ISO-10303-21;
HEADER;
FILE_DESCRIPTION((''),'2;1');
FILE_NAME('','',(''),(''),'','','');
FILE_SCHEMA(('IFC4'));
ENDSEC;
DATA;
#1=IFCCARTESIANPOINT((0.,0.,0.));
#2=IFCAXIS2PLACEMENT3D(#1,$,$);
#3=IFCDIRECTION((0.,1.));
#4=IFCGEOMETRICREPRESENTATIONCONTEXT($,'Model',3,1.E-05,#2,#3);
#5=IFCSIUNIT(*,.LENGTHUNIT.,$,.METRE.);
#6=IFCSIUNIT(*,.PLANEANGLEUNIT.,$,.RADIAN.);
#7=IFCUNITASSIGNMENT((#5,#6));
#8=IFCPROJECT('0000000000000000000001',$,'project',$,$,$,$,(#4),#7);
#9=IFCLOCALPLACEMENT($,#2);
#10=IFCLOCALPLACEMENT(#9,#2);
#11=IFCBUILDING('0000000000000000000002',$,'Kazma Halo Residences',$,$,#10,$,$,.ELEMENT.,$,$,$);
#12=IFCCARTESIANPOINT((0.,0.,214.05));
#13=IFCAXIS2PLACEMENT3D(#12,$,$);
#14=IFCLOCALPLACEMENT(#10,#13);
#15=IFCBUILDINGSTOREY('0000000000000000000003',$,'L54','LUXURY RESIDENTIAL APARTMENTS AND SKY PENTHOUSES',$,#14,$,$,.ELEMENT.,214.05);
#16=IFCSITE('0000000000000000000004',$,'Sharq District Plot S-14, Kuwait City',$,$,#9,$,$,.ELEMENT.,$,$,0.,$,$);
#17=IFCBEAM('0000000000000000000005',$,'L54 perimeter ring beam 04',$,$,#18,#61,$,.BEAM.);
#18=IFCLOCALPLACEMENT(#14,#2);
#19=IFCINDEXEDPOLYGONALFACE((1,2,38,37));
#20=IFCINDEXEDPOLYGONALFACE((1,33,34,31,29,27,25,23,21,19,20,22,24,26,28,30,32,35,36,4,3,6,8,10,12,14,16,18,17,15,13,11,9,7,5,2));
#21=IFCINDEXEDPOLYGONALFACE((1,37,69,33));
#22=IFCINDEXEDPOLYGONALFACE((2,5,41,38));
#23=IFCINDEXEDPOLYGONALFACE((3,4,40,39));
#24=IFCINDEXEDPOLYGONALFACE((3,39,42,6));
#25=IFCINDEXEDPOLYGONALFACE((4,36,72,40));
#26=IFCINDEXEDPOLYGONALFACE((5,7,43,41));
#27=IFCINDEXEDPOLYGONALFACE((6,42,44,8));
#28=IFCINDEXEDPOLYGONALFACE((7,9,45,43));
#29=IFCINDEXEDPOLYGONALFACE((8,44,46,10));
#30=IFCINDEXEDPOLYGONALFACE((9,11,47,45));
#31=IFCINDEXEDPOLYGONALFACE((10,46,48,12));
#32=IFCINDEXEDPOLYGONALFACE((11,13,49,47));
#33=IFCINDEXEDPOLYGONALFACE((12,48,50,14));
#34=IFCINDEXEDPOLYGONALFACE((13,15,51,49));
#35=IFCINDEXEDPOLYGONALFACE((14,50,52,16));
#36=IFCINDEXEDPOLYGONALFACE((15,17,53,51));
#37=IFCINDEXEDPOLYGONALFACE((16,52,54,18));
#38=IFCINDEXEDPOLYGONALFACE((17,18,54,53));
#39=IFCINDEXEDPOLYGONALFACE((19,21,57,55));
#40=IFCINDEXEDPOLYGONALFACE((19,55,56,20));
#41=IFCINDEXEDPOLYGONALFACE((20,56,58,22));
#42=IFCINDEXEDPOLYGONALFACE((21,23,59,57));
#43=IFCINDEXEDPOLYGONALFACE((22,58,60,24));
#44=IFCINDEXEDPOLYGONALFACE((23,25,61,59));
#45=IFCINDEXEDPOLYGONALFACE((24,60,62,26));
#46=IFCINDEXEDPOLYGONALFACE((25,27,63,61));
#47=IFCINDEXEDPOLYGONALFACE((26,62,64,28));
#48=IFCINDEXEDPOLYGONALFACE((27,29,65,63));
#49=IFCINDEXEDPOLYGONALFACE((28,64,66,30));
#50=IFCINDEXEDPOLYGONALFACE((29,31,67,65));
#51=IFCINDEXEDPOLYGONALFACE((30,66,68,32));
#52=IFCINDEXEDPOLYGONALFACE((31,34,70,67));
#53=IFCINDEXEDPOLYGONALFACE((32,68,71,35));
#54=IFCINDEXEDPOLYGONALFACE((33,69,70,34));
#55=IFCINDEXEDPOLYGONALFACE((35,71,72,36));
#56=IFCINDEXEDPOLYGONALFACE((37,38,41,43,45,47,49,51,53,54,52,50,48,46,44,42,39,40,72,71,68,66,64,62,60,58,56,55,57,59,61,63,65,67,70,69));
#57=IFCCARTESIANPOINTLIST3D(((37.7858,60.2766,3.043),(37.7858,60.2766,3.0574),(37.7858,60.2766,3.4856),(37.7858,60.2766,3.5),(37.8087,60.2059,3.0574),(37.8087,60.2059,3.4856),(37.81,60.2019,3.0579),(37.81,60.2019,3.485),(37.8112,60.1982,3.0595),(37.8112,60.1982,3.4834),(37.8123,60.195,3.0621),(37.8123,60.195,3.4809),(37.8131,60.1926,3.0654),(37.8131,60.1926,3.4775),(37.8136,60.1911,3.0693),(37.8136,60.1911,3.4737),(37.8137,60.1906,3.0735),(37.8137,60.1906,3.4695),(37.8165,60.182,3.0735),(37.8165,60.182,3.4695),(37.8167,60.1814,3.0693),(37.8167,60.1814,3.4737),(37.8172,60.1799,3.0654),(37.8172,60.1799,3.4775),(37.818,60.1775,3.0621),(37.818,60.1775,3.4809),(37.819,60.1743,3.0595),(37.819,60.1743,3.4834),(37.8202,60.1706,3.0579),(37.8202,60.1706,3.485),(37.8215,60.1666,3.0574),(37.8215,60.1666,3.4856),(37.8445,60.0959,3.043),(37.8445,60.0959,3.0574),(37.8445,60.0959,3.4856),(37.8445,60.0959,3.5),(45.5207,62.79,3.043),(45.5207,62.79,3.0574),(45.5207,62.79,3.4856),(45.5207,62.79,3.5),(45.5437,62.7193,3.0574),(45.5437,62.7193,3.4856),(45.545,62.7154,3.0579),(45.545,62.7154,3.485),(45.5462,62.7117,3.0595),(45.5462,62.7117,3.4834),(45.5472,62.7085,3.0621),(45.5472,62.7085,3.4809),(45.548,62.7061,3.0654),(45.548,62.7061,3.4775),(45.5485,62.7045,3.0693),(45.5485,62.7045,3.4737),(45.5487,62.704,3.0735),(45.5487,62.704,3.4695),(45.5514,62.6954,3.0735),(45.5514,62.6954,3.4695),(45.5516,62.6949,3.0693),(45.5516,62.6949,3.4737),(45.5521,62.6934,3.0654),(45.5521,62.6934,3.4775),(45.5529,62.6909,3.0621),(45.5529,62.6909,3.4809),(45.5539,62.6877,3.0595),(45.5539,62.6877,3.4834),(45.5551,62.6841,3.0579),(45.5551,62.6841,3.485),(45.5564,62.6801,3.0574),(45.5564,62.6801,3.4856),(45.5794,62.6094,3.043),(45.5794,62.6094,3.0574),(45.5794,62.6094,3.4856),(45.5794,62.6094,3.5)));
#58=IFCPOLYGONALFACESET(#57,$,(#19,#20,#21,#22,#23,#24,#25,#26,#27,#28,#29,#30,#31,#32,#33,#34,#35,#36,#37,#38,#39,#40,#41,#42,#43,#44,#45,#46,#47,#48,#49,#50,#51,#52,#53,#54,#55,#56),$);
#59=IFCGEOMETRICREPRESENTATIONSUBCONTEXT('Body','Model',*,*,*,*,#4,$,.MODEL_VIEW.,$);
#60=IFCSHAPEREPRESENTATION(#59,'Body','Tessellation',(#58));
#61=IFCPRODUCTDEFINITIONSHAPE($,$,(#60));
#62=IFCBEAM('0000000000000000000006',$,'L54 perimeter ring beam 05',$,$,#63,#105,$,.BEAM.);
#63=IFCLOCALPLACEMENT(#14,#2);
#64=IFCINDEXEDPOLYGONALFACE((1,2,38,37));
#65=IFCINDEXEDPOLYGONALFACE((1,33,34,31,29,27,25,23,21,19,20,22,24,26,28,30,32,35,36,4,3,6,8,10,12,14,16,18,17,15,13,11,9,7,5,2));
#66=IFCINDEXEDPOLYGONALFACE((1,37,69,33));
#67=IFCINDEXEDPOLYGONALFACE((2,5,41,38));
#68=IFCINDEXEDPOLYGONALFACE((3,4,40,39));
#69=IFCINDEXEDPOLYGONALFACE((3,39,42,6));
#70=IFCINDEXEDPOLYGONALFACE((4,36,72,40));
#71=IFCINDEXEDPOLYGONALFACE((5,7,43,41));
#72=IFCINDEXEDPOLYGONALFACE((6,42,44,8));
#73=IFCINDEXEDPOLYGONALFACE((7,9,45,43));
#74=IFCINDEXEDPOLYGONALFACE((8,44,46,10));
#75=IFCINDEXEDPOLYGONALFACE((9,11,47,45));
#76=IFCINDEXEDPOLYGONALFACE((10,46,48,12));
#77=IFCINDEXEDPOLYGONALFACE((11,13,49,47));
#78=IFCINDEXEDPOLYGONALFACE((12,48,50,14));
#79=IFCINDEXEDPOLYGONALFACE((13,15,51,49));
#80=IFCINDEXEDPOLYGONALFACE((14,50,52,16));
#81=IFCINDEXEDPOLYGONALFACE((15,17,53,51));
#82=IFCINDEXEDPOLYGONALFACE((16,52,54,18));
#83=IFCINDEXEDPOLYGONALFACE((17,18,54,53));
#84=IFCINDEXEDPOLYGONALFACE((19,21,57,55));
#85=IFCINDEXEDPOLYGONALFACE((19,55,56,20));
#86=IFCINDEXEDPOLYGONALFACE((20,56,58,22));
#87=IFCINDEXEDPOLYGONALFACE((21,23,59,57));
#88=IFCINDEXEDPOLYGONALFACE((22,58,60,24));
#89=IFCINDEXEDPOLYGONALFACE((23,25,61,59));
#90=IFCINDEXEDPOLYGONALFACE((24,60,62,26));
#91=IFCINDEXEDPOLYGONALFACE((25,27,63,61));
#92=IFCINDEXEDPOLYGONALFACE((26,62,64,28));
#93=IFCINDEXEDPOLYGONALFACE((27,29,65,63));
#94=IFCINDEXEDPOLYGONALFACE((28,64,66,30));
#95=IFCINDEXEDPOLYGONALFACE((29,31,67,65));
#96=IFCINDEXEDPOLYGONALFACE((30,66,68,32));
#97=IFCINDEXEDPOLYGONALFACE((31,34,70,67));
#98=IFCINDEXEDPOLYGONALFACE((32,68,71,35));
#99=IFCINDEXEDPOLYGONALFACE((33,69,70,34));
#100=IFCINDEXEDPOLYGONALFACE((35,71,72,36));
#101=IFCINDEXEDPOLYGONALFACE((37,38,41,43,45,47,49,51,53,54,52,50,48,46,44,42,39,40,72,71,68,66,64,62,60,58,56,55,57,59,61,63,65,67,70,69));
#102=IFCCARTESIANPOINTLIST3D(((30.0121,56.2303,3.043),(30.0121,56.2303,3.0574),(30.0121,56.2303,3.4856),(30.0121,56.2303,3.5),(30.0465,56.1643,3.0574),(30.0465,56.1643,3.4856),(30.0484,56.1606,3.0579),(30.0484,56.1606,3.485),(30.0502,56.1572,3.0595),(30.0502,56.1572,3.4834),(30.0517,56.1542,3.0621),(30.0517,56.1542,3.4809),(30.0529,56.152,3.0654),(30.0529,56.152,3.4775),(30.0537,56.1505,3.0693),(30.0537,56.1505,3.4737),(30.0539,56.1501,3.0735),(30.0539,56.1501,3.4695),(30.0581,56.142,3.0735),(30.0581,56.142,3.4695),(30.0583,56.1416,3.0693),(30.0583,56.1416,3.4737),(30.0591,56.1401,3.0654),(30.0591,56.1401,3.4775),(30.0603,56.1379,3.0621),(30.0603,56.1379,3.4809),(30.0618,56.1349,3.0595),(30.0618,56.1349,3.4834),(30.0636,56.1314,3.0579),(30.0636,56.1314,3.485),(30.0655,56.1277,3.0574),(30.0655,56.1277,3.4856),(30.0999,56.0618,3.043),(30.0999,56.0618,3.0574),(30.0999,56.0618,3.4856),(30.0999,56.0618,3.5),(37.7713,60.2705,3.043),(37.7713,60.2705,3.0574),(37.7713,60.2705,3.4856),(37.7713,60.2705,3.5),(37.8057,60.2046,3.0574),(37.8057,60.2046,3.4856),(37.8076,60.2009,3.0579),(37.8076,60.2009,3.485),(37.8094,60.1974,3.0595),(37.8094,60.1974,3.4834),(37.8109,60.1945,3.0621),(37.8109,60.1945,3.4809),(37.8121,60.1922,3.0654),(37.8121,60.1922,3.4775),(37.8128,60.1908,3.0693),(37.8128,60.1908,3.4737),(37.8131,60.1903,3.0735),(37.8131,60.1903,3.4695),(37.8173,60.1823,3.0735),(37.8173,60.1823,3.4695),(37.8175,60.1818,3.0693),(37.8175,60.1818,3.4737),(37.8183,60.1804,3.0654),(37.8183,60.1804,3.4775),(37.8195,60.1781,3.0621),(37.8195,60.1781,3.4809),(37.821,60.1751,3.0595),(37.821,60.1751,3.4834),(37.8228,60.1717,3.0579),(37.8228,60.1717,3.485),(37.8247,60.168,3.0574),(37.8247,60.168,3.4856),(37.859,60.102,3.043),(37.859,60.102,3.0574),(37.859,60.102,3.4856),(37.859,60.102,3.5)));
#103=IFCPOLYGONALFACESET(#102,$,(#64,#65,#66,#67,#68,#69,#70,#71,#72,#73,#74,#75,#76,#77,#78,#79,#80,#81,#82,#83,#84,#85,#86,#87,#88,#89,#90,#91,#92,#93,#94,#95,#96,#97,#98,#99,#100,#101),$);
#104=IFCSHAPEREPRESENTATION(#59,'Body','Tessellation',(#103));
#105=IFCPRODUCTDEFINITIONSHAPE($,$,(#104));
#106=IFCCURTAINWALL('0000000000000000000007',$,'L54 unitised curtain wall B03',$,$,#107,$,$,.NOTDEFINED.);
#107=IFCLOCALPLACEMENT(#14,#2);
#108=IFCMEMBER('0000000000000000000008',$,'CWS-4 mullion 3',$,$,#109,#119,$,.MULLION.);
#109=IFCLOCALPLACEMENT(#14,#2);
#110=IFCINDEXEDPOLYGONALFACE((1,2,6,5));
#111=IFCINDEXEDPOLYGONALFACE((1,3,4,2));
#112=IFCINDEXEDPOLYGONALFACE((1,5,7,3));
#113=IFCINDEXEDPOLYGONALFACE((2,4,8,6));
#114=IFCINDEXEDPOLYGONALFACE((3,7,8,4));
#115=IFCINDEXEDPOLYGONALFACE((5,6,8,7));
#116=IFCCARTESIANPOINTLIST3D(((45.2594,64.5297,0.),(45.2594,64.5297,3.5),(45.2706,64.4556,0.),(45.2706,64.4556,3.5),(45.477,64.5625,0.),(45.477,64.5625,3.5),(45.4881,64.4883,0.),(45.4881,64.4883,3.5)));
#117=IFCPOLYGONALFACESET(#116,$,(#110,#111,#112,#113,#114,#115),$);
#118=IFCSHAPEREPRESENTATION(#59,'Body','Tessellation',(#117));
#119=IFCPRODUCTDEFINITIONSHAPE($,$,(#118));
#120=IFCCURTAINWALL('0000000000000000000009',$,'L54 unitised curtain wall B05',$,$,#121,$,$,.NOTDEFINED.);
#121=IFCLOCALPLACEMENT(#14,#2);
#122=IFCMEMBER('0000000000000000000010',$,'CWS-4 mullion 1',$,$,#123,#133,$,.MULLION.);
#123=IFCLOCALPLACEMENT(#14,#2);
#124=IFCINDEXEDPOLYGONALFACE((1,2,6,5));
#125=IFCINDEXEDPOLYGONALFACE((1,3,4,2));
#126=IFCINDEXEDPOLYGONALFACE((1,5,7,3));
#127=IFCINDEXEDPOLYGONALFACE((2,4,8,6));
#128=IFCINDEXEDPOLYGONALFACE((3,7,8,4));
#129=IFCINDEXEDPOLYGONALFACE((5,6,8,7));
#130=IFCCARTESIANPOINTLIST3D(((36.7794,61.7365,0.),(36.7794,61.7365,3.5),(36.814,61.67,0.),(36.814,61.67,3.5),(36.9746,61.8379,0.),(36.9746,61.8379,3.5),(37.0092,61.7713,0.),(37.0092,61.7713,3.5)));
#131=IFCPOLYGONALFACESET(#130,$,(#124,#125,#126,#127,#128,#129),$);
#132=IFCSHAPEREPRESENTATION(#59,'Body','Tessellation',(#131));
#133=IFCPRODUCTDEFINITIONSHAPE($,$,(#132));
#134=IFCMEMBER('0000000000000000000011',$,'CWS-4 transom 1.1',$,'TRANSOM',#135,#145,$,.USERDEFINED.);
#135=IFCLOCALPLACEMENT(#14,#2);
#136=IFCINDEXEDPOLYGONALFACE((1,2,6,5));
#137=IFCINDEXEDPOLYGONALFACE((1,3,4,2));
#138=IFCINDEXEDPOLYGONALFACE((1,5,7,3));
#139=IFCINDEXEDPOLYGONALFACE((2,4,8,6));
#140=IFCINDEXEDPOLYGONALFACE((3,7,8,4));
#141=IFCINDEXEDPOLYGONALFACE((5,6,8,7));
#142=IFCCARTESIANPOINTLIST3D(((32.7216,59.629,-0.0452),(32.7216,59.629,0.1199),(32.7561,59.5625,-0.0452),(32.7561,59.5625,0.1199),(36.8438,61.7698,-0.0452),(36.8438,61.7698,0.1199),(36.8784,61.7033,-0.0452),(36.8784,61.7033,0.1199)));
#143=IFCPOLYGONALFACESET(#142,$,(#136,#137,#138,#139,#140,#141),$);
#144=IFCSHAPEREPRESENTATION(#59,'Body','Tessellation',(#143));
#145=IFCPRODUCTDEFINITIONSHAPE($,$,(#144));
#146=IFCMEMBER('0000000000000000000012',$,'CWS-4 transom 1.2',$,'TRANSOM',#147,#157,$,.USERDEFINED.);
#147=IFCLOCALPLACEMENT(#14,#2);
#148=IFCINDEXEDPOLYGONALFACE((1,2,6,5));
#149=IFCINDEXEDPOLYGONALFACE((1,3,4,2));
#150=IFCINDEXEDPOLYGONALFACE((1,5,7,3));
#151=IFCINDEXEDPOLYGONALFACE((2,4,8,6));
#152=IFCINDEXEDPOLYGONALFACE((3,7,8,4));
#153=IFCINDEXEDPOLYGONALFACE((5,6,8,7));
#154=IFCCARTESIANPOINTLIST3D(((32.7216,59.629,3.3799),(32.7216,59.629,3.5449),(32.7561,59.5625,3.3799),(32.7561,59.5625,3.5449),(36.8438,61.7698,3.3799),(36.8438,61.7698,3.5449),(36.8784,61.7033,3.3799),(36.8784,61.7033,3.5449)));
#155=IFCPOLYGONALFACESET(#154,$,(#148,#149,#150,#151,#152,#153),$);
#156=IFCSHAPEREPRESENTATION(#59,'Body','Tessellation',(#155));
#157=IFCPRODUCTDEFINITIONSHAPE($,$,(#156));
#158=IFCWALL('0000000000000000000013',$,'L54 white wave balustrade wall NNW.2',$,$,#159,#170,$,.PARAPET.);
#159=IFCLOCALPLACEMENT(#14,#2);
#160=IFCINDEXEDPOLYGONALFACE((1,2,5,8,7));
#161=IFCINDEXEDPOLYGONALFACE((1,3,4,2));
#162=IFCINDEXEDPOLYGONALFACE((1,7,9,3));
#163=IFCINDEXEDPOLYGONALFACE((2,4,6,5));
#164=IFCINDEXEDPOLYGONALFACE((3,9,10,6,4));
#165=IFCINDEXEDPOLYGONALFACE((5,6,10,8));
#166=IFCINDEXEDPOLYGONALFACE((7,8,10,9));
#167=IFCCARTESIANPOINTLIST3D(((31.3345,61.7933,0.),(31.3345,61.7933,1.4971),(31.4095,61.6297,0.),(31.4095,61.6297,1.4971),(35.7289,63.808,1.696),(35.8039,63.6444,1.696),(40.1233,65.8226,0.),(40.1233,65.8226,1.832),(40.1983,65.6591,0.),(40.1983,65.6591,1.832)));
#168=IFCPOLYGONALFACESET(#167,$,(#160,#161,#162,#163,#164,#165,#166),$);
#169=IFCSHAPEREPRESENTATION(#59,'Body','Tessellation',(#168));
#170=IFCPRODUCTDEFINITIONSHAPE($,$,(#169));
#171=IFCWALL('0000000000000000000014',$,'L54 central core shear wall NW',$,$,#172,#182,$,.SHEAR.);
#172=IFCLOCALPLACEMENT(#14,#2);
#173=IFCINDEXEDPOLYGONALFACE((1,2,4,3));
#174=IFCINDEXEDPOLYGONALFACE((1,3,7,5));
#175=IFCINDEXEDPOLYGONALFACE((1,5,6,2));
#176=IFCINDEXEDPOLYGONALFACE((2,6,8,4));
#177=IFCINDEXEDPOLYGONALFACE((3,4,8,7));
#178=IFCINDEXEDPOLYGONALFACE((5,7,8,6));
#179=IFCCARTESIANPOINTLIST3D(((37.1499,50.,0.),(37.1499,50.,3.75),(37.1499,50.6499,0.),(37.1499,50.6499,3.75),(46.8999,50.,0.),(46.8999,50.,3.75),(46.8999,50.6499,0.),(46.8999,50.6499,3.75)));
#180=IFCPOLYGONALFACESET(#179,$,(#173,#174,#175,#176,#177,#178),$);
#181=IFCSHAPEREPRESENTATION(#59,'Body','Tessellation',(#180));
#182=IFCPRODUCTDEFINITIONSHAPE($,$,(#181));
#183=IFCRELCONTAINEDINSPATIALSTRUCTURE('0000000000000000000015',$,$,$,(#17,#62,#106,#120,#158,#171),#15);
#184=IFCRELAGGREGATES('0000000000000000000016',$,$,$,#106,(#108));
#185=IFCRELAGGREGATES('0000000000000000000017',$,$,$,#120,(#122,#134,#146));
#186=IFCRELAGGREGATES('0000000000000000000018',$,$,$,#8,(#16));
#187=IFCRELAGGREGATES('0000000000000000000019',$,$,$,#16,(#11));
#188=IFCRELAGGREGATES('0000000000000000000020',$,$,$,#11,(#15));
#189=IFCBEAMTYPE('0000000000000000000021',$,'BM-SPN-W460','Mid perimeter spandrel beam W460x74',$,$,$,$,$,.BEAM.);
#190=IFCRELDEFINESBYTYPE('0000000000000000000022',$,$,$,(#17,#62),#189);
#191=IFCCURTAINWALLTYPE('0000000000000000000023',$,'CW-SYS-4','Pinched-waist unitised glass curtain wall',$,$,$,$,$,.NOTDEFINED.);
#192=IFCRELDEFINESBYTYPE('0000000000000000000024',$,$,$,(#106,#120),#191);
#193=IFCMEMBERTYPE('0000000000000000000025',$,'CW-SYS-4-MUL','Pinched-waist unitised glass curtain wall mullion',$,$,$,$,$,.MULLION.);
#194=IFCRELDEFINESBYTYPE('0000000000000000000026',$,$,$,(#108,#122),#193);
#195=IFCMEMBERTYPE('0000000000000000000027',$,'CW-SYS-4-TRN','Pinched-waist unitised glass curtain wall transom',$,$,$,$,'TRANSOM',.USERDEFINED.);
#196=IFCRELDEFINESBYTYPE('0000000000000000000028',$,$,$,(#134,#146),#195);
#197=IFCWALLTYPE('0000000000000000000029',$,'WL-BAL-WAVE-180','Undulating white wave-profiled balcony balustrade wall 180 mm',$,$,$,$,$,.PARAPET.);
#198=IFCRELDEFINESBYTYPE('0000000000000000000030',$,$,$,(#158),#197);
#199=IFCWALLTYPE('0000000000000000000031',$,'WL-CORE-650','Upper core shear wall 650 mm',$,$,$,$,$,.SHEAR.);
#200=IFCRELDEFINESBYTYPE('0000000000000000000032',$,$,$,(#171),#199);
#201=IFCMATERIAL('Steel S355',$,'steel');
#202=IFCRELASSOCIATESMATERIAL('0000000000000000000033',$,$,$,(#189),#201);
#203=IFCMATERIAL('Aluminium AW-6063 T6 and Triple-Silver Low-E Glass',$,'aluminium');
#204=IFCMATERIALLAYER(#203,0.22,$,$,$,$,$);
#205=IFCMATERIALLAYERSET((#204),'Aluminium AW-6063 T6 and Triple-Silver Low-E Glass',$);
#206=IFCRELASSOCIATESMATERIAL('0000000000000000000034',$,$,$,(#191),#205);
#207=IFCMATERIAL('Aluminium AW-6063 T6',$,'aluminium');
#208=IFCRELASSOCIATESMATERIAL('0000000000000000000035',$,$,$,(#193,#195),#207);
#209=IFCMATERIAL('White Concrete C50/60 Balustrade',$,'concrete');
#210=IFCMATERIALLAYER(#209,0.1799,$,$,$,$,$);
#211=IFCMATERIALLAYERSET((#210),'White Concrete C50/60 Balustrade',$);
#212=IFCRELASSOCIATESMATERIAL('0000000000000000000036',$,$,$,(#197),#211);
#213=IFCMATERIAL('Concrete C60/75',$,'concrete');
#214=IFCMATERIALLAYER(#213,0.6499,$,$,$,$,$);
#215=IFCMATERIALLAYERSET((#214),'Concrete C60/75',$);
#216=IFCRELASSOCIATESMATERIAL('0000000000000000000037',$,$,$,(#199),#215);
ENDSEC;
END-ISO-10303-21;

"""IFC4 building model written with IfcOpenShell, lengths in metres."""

from ifc_helpers import new_model, si_unit, direction, frame, frame_2d, origin, origin_2d, place, context, subcontext, project, spatial, polyline, rectangle, i_section, outline, extrude, material, layer, layer_set, material_profile, profile_set, type_object, element, aggregate, save


model = new_model("IFC4")

# Units and contexts
model_context = context("Model", 3, precision=1e-05, world=origin(), true_north=direction((0.0, 1.0)))
body_context = subcontext(model_context, "Body", "Model", "MODEL_VIEW")
ifc_project = project(units=[si_unit("LENGTHUNIT", "METRE"), si_unit("PLANEANGLEUNIT", "RADIAN")], contexts=[model_context])

# Site, building, storey
site_placement = place(None, origin())
site = spatial("IfcSite", under=ifc_project, at=site_placement, Name="Sharq District Plot S-14, Kuwait City", CompositionType="ELEMENT", RefElevation=0.0)
building_placement = place(site_placement, origin())
building = spatial("IfcBuilding", under=site, at=building_placement, Name="Kazma Halo Residences", CompositionType="ELEMENT")
storey_placement = place(building_placement, frame((0.0, 0.0, 214.05)))
storey = spatial("IfcBuildingStorey", under=building, at=storey_placement, Name="L54", Description="LUXURY RESIDENTIAL APARTMENTS AND SKY PENTHOUSES", CompositionType="ELEMENT", Elevation=214.05)

# Beams
ifc_material_1 = material(Name="Steel S355", Category="steel")
ifc_material_profile_1 = material_profile(ifc_material_1, i_section(OverallWidth=0.1899, OverallDepth=0.457, WebThickness=0.009, FlangeThickness=0.0144, FilletRadius=0.0161, at=origin_2d()), Name="W460x74")
ifc_profile_set_1 = profile_set([ifc_material_profile_1], Name="Steel S355")
beam_type_1 = type_object("IfcBeamType", Name="BM-SPN-W460", Description="Mid perimeter spandrel beam W460x74", PredefinedType="BEAM", material=ifc_profile_set_1)
beam_1_placement = place(storey_placement, frame((45.55, 62.6997, 3.2715), z_axis=(-0.951049, -0.309041, 0.0), x_axis=(0.309041, -0.951049, 0.0)))
element("IfcBeam", 1, at=beam_1_placement, inside=storey, type_object=beam_type_1, Name="L54 perimeter ring beam 04", PredefinedType="BEAM", context=body_context, shape_type="SweptSolid", body=[
    extrude(i_section(OverallWidth=0.1899, OverallDepth=0.457, WebThickness=0.009, FlangeThickness=0.0144, FilletRadius=0.0161, at=origin_2d()), origin(), (0.0, 0.0, 1.0), 8.1331),
])
beam_2_placement = place(storey_placement, frame((37.8152, 60.1863, 3.2715), z_axis=(-0.886961, -0.461844, 0.0), x_axis=(0.461844, -0.886961, 0.0)))
element("IfcBeam", 2, at=beam_2_placement, inside=storey, type_object=beam_type_1, Name="L54 perimeter ring beam 05", PredefinedType="BEAM", context=body_context, shape_type="SweptSolid", body=[
    extrude(i_section(OverallWidth=0.1899, OverallDepth=0.457, WebThickness=0.009, FlangeThickness=0.0144, FilletRadius=0.0161, at=origin_2d()), origin(), (0.0, 0.0, 1.0), 8.748),
])

# Curtain wall, member
ifc_material_2 = material(Name="Aluminium AW-6063 T6 and Triple-Silver Low-E Glass", Category="aluminium")
ifc_layer_1 = layer(ifc_material_2, 0.22)
ifc_layer_set_1 = layer_set([ifc_layer_1], Name="Aluminium AW-6063 T6 and Triple-Silver Low-E Glass")
curtain_wall_type = type_object("IfcCurtainWallType", Name="CW-SYS-4", Description="Pinched-waist unitised glass curtain wall", PredefinedType="NOTDEFINED", material=ifc_layer_set_1)
curtain_wall_1_placement = place(storey_placement, origin())
curtain_wall_1 = element("IfcCurtainWall", 3, at=curtain_wall_1_placement, inside=storey, type_object=curtain_wall_type, Name="L54 unitised curtain wall B03", PredefinedType="NOTDEFINED")
ifc_material_3 = material(Name="Aluminium AW-6063 T6", Category="aluminium")
ifc_material_profile_2 = material_profile(ifc_material_3, rectangle(XDim=0.075, YDim=0.22, at=origin_2d()), Name="CWM-75x220")
ifc_profile_set_2 = profile_set([ifc_material_profile_2], Name="Aluminium AW-6063 T6")
member_type_1 = type_object("IfcMemberType", Name="CW-SYS-4-MUL", Description="Pinched-waist unitised glass curtain wall mullion", PredefinedType="MULLION", material=ifc_profile_set_2)
member_1_placement = place(storey_placement, frame((45.3738, 64.509, 0.0), z_axis=(0.0, 0.0, 1.0), x_axis=(0.148773, -0.988871, 0.0)))
member_1 = element("IfcMember", 4, at=member_1_placement, type_object=member_type_1, Name="CWS-4 mullion 3", PredefinedType="MULLION", context=body_context, shape_type="SweptSolid", body=[
    extrude(rectangle(XDim=0.075, YDim=0.22, at=origin_2d()), origin(), (0.0, 0.0, 1.0), 3.5),
])
aggregate(curtain_wall_1, [member_1])

# Curtain wall, members
curtain_wall_2_placement = place(storey_placement, origin())
curtain_wall_2 = element("IfcCurtainWall", 5, at=curtain_wall_2_placement, inside=storey, type_object=curtain_wall_type, Name="L54 unitised curtain wall B05", PredefinedType="NOTDEFINED")
member_2_placement = place(storey_placement, frame((36.8943, 61.7539, 0.0), z_axis=(0.0, 0.0, 1.0), x_axis=(0.460874, -0.887466, 0.0)))
member_2 = element("IfcMember", 6, at=member_2_placement, type_object=member_type_1, Name="CWS-4 mullion 1", PredefinedType="MULLION", context=body_context, shape_type="SweptSolid", body=[
    extrude(rectangle(XDim=0.075, YDim=0.22, at=origin_2d()), origin(), (0.0, 0.0, 1.0), 3.5),
])
ifc_material_profile_3 = material_profile(ifc_material_3, rectangle(XDim=0.075, YDim=0.165, at=origin_2d()), Name="CWT-75x165")
ifc_profile_set_3 = profile_set([ifc_material_profile_3], Name="Aluminium AW-6063 T6")
member_type_2 = type_object("IfcMemberType", Name="CW-SYS-4-TRN", Description="Pinched-waist unitised glass curtain wall transom", ElementType="TRANSOM", PredefinedType="USERDEFINED", material=ifc_profile_set_3)
member_3_placement = place(storey_placement, frame((36.8611, 61.7366, 0.0374), z_axis=(-0.887458, -0.460889, 0.0), x_axis=(0.460889, -0.887458, 0.0)))
member_3 = element("IfcMember", 7, at=member_3_placement, type_object=member_type_2, Name="CWS-4 transom 1.1", ObjectType="TRANSOM", PredefinedType="USERDEFINED", context=body_context, shape_type="SweptSolid", body=[
    extrude(rectangle(XDim=0.075, YDim=0.165, at=origin_2d()), origin(), (0.0, 0.0, 1.0), 4.645),
])
member_4_placement = place(storey_placement, frame((36.8611, 61.7366, 3.4624), z_axis=(-0.887458, -0.460889, 0.0), x_axis=(0.460889, -0.887458, 0.0)))
member_4 = element("IfcMember", 8, at=member_4_placement, type_object=member_type_2, Name="CWS-4 transom 1.2", ObjectType="TRANSOM", PredefinedType="USERDEFINED", context=body_context, shape_type="SweptSolid", body=[
    extrude(rectangle(XDim=0.075, YDim=0.165, at=origin_2d()), origin(), (0.0, 0.0, 1.0), 4.645),
])
aggregate(curtain_wall_2, [member_2, member_3, member_4])

# Walls
ifc_material_4 = material(Name="White Concrete C50/60 Balustrade", Category="concrete")
ifc_layer_2 = layer(ifc_material_4, 0.1799)
ifc_layer_set_2 = layer_set([ifc_layer_2], Name="White Concrete C50/60 Balustrade")
wall_type_1 = type_object("IfcWallType", Name="WL-BAL-WAVE-180", Description="Undulating white wave-profiled balcony balustrade wall 180 mm", PredefinedType="PARAPET", material=ifc_layer_set_2)
wall_1_placement = place(storey_placement, frame((40.1609, 65.7407, 0.0), z_axis=(0.0, 0.0, 1.0), x_axis=(-0.909022, -0.416748, 0.0)))
element("IfcWall", 9, at=wall_1_placement, inside=storey, type_object=wall_type_1, Name="L54 white wave balustrade wall NNW.2", PredefinedType="PARAPET", context=body_context, shape_type="SweptSolid", body=[
    extrude(outline(polyline([(0.0, 0.0), (9.6685, 0.0), (9.6685, 1.4971), (4.8342, 1.696), (0.0, 1.832), (0.0, 0.0)])), frame((0.0, 0.0898, 0.0), z_axis=(0.0, -1.0, 0.0), x_axis=(1.0, 0.0, 0.0)), (0.0, 0.0, 1.0), 0.1799),
])
ifc_material_5 = material(Name="Concrete C60/75", Category="concrete")
ifc_layer_3 = layer(ifc_material_5, 0.6499)
ifc_layer_set_3 = layer_set([ifc_layer_3], Name="Concrete C60/75")
wall_type_2 = type_object("IfcWallType", Name="WL-CORE-650", Description="Upper core shear wall 650 mm", PredefinedType="SHEAR", material=ifc_layer_set_3)
wall_2_placement = place(storey_placement, frame((37.1499, 50.325, 0.0), z_axis=(0.0, 0.0, 1.0), x_axis=(1.0, 0.0, 0.0)))
element("IfcWall", 10, at=wall_2_placement, inside=storey, type_object=wall_type_2, Name="L54 central core shear wall NW", PredefinedType="SHEAR", context=body_context, shape_type="SweptSolid", body=[
    extrude(rectangle(XDim=9.75, YDim=0.6499, at=frame_2d((4.875, 0.0))), origin(), (0.0, 0.0, 1.0), 3.75),
])

save(model, "model.ifc")
